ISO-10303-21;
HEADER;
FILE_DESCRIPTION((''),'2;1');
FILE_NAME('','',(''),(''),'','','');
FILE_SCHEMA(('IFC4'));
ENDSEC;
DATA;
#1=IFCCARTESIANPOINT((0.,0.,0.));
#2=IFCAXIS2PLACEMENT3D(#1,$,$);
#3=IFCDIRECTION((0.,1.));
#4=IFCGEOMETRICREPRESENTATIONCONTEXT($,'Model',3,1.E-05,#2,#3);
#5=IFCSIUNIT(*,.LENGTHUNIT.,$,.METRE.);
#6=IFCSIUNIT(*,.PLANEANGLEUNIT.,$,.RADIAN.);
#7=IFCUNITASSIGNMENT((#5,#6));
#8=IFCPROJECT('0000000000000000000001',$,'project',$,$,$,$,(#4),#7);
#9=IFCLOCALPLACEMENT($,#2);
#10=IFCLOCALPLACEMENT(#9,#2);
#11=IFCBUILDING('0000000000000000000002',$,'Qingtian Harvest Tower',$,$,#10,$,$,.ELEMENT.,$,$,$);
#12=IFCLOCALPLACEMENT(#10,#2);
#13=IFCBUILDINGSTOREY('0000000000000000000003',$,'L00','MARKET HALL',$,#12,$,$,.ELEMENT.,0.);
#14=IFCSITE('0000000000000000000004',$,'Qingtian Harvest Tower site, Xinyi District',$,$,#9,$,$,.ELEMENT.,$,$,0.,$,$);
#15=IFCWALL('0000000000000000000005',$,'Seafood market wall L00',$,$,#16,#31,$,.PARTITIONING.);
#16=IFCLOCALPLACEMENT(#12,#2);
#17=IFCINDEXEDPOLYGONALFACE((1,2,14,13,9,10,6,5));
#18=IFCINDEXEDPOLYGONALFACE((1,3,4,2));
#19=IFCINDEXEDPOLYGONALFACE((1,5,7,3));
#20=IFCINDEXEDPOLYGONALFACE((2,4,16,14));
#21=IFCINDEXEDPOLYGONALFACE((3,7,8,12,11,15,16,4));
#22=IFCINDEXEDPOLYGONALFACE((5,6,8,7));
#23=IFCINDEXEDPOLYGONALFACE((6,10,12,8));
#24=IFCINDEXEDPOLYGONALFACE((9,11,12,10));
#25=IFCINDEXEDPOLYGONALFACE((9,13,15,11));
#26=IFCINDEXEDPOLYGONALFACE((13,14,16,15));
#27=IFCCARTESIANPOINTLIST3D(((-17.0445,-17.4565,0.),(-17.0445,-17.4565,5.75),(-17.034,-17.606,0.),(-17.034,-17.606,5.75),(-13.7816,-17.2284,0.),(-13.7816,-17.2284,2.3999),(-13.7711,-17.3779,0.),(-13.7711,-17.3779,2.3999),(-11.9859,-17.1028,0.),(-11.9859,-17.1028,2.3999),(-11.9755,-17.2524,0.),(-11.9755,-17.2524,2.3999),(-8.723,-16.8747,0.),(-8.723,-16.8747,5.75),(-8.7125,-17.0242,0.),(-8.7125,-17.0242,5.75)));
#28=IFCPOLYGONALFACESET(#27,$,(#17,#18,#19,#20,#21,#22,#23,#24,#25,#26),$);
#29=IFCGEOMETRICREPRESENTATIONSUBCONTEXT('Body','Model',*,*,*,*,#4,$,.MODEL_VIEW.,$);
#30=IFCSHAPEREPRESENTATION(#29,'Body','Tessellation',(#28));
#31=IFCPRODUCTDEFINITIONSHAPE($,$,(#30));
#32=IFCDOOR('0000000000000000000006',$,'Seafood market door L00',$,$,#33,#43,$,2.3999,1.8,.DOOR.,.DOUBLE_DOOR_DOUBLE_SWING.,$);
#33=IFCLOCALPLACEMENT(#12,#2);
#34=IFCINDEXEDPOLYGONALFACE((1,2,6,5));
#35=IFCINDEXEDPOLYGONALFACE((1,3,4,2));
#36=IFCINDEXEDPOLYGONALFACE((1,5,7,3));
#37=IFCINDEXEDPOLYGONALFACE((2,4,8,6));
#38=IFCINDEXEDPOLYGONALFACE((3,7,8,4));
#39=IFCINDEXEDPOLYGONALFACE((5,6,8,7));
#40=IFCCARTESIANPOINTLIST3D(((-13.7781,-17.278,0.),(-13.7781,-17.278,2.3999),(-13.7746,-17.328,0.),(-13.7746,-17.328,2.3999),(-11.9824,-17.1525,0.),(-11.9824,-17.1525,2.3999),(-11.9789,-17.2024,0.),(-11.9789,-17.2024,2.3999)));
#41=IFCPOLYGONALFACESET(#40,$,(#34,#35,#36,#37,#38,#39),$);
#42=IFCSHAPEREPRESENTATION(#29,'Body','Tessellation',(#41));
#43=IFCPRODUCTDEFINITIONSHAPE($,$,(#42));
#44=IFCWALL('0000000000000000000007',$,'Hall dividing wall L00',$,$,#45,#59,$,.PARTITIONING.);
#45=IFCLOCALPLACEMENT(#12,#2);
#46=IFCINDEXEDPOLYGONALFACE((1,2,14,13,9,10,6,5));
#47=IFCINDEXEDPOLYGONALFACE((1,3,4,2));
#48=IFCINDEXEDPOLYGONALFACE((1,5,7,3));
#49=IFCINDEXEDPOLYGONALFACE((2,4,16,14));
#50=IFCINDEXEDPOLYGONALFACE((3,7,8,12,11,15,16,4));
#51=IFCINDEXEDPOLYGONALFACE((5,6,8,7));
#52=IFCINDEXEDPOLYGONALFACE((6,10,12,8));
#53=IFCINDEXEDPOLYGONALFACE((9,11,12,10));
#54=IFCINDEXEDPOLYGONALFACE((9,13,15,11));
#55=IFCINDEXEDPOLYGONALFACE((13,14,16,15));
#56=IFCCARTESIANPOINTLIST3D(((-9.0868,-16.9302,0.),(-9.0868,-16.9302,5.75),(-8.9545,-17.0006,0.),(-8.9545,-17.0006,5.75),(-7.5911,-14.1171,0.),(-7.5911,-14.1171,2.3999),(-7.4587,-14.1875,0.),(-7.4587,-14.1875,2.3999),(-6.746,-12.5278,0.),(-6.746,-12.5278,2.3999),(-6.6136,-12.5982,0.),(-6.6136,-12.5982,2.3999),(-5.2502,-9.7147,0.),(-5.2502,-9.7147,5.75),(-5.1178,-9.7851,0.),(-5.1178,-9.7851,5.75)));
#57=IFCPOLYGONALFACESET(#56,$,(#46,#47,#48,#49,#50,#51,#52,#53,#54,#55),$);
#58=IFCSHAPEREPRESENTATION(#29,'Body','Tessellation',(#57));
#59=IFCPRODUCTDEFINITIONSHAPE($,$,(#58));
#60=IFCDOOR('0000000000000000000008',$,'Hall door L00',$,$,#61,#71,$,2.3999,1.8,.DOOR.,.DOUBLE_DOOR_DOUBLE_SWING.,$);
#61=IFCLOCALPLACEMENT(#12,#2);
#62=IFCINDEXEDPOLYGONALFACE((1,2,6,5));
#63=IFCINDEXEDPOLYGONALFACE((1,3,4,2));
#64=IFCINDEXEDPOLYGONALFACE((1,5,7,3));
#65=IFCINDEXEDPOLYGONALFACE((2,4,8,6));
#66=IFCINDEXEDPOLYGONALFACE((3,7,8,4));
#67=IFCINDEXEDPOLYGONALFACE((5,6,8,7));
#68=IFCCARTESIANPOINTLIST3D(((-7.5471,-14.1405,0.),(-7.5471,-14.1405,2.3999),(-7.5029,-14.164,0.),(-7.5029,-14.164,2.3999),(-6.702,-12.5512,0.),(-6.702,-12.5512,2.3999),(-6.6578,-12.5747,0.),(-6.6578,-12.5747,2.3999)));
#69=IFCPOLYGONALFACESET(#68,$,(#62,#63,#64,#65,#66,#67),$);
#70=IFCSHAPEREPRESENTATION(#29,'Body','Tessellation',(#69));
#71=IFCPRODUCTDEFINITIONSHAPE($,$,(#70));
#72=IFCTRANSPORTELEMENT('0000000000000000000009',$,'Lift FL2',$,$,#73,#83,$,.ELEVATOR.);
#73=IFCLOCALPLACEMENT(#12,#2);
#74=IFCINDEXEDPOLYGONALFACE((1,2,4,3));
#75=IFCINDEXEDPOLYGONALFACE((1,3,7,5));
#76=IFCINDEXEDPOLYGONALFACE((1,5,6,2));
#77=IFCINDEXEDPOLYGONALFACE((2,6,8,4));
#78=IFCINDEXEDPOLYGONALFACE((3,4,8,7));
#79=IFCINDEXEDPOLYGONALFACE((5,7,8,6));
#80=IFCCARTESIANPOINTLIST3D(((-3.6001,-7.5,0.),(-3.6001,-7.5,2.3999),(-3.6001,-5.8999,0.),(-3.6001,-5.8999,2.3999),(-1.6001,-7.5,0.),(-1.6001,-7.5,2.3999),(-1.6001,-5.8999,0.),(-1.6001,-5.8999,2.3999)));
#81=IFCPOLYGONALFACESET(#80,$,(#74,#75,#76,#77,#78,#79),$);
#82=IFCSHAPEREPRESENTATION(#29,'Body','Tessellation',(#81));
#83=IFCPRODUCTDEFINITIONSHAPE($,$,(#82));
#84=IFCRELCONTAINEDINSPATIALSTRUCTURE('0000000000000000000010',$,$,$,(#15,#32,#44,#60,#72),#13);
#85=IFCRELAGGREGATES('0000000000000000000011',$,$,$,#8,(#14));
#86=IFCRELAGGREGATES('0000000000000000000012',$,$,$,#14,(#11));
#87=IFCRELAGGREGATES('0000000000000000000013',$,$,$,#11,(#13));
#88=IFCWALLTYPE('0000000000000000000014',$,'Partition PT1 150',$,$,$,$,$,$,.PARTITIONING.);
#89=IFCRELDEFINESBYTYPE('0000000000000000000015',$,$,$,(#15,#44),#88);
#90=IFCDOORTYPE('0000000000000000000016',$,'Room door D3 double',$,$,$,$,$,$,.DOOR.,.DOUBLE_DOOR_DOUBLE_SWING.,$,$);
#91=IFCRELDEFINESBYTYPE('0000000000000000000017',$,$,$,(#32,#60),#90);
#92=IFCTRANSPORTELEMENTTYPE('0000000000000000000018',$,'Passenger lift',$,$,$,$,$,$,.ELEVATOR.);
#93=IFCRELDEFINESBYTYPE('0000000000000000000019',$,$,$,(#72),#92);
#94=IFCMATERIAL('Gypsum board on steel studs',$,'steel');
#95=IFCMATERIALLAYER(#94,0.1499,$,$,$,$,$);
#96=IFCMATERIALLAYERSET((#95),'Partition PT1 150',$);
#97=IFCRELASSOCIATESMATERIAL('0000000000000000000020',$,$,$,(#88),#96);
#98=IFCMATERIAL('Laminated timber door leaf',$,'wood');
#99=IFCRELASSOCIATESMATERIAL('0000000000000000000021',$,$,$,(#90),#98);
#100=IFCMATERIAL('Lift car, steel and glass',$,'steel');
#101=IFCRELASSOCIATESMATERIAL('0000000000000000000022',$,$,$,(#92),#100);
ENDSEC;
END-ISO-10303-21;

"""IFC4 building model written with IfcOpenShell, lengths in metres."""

from ifc_helpers import new_model, si_unit, direction, frame, frame_2d, origin, origin_2d, place, context, subcontext, project, spatial, rectangle, extrude, material, layer, layer_set, type_object, element, fill, save


model = new_model("IFC4")

# Units and contexts
model_context = context("Model", 3, precision=1e-05, world=origin(), true_north=direction((0.0, 1.0)))
body_context = subcontext(model_context, "Body", "Model", "MODEL_VIEW")
ifc_project = project(units=[si_unit("LENGTHUNIT", "METRE"), si_unit("PLANEANGLEUNIT", "RADIAN")], contexts=[model_context])

# Site, building, storey
site_placement = place(None, origin())
site = spatial("IfcSite", under=ifc_project, at=site_placement, Name="Qingtian Harvest Tower site, Xinyi District", CompositionType="ELEMENT", RefElevation=0.0)
building_placement = place(site_placement, origin())
building = spatial("IfcBuilding", under=site, at=building_placement, Name="Qingtian Harvest Tower", CompositionType="ELEMENT")
storey_placement = place(building_placement, origin())
storey = spatial("IfcBuildingStorey", under=building, at=storey_placement, Name="L00", Description="MARKET HALL", CompositionType="ELEMENT", Elevation=0.0)

# Shared definitions
ifc_material_1 = material(Name="Gypsum board on steel studs", Category="steel")
ifc_layer_1 = layer(ifc_material_1, 0.1499)
ifc_layer_set_1 = layer_set([ifc_layer_1], Name="Partition PT1 150")
wall_type_1 = type_object("IfcWallType", Name="Partition PT1 150", PredefinedType="PARTITIONING", material=ifc_layer_set_1)

# Walls, openings, doors
wall_1_placement = place(storey_placement, frame((-8.7178, -16.9495, 0.0), z_axis=(0.0, 0.0, 1.0), x_axis=(-0.997565, -0.069743, 0.0)))
wall_1 = element("IfcWall", 1, at=wall_1_placement, inside=storey, type_object=wall_type_1, Name="Seafood market wall L00", PredefinedType="PARTITIONING", context=body_context, shape_type="SweptSolid", body=[
    extrude(rectangle(XDim=8.3418, YDim=0.1499, at=frame_2d((4.1709, 0.0))), origin(), (0.0, 0.0, 1.0), 5.75),
])
opening_1_placement = place(wall_1_placement, frame((3.271, 0.0, 0.0)))
opening_1 = element("IfcOpeningElement", 2, at=opening_1_placement, cuts=wall_1, PredefinedType="OPENING", context=body_context, shape_type="SweptSolid", body=[
    extrude(rectangle(XDim=1.8, YDim=2.3999, at=frame_2d((0.8999, 1.2))), frame((0.0, 0.085, 0.0), z_axis=(0.0, -1.0, 0.0), x_axis=(1.0, 0.0, 0.0)), (0.0, 0.0, 1.0), 0.1699),
])
ifc_material_2 = material(Name="Laminated timber door leaf", Category="wood")
door_type_1 = type_object("IfcDoorType", Name="Room door D3 double", OperationType="DOUBLE_DOOR_DOUBLE_SWING", PredefinedType="DOOR", material=ifc_material_2)
door_1_placement = place(opening_1_placement, origin())
door_1 = element("IfcDoor", 3, at=door_1_placement, inside=storey, type_object=door_type_1, Name="Seafood market door L00", OperationType="DOUBLE_DOOR_DOUBLE_SWING", OverallHeight=2.3999, OverallWidth=1.8, PredefinedType="DOOR", context=body_context, shape_type="SweptSolid", body=[
    extrude(rectangle(XDim=1.8, YDim=2.3999, at=frame_2d((0.8999, 1.2))), frame((0.0, 0.0249, 0.0), z_axis=(0.0, -1.0, 0.0), x_axis=(1.0, 0.0, 0.0)), (0.0, 0.0, 1.0), 0.05),
])
fill(opening_1, door_1)
wall_2_placement = place(storey_placement, frame((-5.1841, -9.75, 0.0), z_axis=(0.0, 0.0, 1.0), x_axis=(-0.469479, -0.882944, 0.0)))
wall_2 = element("IfcWall", 4, at=wall_2_placement, inside=storey, type_object=wall_type_1, Name="Hall dividing wall L00", PredefinedType="PARTITIONING", context=body_context, shape_type="SweptSolid", body=[
    extrude(rectangle(XDim=8.1721, YDim=0.1499, at=frame_2d((4.0859, 0.0))), origin(), (0.0, 0.0, 1.0), 5.75),
])
opening_2_placement = place(wall_2_placement, frame((3.186, 0.0, 0.0)))
opening_2 = element("IfcOpeningElement", 5, at=opening_2_placement, cuts=wall_2, PredefinedType="OPENING", context=body_context, shape_type="SweptSolid", body=[
    extrude(rectangle(XDim=1.8, YDim=2.3999, at=frame_2d((0.8999, 1.2))), frame((0.0, 0.085, 0.0), z_axis=(0.0, -1.0, 0.0), x_axis=(1.0, 0.0, 0.0)), (0.0, 0.0, 1.0), 0.1699),
])
door_2_placement = place(opening_2_placement, origin())
door_2 = element("IfcDoor", 6, at=door_2_placement, inside=storey, type_object=door_type_1, Name="Hall door L00", OperationType="DOUBLE_DOOR_DOUBLE_SWING", OverallHeight=2.3999, OverallWidth=1.8, PredefinedType="DOOR", context=body_context, shape_type="SweptSolid", body=[
    extrude(rectangle(XDim=1.8, YDim=2.3999, at=frame_2d((0.8999, 1.2))), frame((0.0, 0.0249, 0.0), z_axis=(0.0, -1.0, 0.0), x_axis=(1.0, 0.0, 0.0)), (0.0, 0.0, 1.0), 0.05),
])
fill(opening_2, door_2)

# Transport element
ifc_material_3 = material(Name="Lift car, steel and glass", Category="steel")
transport_element_type = type_object("IfcTransportElementType", Name="Passenger lift", PredefinedType="ELEVATOR", material=ifc_material_3)
transport_element_placement = place(storey_placement, frame((-2.6001, -6.7, 0.0), z_axis=(0.0, 0.0, 1.0), x_axis=(1.0, 0.0, 0.0)))
element("IfcTransportElement", 7, at=transport_element_placement, inside=storey, type_object=transport_element_type, Name="Lift FL2", PredefinedType="ELEVATOR", context=body_context, shape_type="SweptSolid", body=[
    extrude(rectangle(XDim=2.0, YDim=1.6001, at=origin_2d()), origin(), (0.0, 0.0, 1.0), 2.3999),
])

save(model, "model.ifc")
